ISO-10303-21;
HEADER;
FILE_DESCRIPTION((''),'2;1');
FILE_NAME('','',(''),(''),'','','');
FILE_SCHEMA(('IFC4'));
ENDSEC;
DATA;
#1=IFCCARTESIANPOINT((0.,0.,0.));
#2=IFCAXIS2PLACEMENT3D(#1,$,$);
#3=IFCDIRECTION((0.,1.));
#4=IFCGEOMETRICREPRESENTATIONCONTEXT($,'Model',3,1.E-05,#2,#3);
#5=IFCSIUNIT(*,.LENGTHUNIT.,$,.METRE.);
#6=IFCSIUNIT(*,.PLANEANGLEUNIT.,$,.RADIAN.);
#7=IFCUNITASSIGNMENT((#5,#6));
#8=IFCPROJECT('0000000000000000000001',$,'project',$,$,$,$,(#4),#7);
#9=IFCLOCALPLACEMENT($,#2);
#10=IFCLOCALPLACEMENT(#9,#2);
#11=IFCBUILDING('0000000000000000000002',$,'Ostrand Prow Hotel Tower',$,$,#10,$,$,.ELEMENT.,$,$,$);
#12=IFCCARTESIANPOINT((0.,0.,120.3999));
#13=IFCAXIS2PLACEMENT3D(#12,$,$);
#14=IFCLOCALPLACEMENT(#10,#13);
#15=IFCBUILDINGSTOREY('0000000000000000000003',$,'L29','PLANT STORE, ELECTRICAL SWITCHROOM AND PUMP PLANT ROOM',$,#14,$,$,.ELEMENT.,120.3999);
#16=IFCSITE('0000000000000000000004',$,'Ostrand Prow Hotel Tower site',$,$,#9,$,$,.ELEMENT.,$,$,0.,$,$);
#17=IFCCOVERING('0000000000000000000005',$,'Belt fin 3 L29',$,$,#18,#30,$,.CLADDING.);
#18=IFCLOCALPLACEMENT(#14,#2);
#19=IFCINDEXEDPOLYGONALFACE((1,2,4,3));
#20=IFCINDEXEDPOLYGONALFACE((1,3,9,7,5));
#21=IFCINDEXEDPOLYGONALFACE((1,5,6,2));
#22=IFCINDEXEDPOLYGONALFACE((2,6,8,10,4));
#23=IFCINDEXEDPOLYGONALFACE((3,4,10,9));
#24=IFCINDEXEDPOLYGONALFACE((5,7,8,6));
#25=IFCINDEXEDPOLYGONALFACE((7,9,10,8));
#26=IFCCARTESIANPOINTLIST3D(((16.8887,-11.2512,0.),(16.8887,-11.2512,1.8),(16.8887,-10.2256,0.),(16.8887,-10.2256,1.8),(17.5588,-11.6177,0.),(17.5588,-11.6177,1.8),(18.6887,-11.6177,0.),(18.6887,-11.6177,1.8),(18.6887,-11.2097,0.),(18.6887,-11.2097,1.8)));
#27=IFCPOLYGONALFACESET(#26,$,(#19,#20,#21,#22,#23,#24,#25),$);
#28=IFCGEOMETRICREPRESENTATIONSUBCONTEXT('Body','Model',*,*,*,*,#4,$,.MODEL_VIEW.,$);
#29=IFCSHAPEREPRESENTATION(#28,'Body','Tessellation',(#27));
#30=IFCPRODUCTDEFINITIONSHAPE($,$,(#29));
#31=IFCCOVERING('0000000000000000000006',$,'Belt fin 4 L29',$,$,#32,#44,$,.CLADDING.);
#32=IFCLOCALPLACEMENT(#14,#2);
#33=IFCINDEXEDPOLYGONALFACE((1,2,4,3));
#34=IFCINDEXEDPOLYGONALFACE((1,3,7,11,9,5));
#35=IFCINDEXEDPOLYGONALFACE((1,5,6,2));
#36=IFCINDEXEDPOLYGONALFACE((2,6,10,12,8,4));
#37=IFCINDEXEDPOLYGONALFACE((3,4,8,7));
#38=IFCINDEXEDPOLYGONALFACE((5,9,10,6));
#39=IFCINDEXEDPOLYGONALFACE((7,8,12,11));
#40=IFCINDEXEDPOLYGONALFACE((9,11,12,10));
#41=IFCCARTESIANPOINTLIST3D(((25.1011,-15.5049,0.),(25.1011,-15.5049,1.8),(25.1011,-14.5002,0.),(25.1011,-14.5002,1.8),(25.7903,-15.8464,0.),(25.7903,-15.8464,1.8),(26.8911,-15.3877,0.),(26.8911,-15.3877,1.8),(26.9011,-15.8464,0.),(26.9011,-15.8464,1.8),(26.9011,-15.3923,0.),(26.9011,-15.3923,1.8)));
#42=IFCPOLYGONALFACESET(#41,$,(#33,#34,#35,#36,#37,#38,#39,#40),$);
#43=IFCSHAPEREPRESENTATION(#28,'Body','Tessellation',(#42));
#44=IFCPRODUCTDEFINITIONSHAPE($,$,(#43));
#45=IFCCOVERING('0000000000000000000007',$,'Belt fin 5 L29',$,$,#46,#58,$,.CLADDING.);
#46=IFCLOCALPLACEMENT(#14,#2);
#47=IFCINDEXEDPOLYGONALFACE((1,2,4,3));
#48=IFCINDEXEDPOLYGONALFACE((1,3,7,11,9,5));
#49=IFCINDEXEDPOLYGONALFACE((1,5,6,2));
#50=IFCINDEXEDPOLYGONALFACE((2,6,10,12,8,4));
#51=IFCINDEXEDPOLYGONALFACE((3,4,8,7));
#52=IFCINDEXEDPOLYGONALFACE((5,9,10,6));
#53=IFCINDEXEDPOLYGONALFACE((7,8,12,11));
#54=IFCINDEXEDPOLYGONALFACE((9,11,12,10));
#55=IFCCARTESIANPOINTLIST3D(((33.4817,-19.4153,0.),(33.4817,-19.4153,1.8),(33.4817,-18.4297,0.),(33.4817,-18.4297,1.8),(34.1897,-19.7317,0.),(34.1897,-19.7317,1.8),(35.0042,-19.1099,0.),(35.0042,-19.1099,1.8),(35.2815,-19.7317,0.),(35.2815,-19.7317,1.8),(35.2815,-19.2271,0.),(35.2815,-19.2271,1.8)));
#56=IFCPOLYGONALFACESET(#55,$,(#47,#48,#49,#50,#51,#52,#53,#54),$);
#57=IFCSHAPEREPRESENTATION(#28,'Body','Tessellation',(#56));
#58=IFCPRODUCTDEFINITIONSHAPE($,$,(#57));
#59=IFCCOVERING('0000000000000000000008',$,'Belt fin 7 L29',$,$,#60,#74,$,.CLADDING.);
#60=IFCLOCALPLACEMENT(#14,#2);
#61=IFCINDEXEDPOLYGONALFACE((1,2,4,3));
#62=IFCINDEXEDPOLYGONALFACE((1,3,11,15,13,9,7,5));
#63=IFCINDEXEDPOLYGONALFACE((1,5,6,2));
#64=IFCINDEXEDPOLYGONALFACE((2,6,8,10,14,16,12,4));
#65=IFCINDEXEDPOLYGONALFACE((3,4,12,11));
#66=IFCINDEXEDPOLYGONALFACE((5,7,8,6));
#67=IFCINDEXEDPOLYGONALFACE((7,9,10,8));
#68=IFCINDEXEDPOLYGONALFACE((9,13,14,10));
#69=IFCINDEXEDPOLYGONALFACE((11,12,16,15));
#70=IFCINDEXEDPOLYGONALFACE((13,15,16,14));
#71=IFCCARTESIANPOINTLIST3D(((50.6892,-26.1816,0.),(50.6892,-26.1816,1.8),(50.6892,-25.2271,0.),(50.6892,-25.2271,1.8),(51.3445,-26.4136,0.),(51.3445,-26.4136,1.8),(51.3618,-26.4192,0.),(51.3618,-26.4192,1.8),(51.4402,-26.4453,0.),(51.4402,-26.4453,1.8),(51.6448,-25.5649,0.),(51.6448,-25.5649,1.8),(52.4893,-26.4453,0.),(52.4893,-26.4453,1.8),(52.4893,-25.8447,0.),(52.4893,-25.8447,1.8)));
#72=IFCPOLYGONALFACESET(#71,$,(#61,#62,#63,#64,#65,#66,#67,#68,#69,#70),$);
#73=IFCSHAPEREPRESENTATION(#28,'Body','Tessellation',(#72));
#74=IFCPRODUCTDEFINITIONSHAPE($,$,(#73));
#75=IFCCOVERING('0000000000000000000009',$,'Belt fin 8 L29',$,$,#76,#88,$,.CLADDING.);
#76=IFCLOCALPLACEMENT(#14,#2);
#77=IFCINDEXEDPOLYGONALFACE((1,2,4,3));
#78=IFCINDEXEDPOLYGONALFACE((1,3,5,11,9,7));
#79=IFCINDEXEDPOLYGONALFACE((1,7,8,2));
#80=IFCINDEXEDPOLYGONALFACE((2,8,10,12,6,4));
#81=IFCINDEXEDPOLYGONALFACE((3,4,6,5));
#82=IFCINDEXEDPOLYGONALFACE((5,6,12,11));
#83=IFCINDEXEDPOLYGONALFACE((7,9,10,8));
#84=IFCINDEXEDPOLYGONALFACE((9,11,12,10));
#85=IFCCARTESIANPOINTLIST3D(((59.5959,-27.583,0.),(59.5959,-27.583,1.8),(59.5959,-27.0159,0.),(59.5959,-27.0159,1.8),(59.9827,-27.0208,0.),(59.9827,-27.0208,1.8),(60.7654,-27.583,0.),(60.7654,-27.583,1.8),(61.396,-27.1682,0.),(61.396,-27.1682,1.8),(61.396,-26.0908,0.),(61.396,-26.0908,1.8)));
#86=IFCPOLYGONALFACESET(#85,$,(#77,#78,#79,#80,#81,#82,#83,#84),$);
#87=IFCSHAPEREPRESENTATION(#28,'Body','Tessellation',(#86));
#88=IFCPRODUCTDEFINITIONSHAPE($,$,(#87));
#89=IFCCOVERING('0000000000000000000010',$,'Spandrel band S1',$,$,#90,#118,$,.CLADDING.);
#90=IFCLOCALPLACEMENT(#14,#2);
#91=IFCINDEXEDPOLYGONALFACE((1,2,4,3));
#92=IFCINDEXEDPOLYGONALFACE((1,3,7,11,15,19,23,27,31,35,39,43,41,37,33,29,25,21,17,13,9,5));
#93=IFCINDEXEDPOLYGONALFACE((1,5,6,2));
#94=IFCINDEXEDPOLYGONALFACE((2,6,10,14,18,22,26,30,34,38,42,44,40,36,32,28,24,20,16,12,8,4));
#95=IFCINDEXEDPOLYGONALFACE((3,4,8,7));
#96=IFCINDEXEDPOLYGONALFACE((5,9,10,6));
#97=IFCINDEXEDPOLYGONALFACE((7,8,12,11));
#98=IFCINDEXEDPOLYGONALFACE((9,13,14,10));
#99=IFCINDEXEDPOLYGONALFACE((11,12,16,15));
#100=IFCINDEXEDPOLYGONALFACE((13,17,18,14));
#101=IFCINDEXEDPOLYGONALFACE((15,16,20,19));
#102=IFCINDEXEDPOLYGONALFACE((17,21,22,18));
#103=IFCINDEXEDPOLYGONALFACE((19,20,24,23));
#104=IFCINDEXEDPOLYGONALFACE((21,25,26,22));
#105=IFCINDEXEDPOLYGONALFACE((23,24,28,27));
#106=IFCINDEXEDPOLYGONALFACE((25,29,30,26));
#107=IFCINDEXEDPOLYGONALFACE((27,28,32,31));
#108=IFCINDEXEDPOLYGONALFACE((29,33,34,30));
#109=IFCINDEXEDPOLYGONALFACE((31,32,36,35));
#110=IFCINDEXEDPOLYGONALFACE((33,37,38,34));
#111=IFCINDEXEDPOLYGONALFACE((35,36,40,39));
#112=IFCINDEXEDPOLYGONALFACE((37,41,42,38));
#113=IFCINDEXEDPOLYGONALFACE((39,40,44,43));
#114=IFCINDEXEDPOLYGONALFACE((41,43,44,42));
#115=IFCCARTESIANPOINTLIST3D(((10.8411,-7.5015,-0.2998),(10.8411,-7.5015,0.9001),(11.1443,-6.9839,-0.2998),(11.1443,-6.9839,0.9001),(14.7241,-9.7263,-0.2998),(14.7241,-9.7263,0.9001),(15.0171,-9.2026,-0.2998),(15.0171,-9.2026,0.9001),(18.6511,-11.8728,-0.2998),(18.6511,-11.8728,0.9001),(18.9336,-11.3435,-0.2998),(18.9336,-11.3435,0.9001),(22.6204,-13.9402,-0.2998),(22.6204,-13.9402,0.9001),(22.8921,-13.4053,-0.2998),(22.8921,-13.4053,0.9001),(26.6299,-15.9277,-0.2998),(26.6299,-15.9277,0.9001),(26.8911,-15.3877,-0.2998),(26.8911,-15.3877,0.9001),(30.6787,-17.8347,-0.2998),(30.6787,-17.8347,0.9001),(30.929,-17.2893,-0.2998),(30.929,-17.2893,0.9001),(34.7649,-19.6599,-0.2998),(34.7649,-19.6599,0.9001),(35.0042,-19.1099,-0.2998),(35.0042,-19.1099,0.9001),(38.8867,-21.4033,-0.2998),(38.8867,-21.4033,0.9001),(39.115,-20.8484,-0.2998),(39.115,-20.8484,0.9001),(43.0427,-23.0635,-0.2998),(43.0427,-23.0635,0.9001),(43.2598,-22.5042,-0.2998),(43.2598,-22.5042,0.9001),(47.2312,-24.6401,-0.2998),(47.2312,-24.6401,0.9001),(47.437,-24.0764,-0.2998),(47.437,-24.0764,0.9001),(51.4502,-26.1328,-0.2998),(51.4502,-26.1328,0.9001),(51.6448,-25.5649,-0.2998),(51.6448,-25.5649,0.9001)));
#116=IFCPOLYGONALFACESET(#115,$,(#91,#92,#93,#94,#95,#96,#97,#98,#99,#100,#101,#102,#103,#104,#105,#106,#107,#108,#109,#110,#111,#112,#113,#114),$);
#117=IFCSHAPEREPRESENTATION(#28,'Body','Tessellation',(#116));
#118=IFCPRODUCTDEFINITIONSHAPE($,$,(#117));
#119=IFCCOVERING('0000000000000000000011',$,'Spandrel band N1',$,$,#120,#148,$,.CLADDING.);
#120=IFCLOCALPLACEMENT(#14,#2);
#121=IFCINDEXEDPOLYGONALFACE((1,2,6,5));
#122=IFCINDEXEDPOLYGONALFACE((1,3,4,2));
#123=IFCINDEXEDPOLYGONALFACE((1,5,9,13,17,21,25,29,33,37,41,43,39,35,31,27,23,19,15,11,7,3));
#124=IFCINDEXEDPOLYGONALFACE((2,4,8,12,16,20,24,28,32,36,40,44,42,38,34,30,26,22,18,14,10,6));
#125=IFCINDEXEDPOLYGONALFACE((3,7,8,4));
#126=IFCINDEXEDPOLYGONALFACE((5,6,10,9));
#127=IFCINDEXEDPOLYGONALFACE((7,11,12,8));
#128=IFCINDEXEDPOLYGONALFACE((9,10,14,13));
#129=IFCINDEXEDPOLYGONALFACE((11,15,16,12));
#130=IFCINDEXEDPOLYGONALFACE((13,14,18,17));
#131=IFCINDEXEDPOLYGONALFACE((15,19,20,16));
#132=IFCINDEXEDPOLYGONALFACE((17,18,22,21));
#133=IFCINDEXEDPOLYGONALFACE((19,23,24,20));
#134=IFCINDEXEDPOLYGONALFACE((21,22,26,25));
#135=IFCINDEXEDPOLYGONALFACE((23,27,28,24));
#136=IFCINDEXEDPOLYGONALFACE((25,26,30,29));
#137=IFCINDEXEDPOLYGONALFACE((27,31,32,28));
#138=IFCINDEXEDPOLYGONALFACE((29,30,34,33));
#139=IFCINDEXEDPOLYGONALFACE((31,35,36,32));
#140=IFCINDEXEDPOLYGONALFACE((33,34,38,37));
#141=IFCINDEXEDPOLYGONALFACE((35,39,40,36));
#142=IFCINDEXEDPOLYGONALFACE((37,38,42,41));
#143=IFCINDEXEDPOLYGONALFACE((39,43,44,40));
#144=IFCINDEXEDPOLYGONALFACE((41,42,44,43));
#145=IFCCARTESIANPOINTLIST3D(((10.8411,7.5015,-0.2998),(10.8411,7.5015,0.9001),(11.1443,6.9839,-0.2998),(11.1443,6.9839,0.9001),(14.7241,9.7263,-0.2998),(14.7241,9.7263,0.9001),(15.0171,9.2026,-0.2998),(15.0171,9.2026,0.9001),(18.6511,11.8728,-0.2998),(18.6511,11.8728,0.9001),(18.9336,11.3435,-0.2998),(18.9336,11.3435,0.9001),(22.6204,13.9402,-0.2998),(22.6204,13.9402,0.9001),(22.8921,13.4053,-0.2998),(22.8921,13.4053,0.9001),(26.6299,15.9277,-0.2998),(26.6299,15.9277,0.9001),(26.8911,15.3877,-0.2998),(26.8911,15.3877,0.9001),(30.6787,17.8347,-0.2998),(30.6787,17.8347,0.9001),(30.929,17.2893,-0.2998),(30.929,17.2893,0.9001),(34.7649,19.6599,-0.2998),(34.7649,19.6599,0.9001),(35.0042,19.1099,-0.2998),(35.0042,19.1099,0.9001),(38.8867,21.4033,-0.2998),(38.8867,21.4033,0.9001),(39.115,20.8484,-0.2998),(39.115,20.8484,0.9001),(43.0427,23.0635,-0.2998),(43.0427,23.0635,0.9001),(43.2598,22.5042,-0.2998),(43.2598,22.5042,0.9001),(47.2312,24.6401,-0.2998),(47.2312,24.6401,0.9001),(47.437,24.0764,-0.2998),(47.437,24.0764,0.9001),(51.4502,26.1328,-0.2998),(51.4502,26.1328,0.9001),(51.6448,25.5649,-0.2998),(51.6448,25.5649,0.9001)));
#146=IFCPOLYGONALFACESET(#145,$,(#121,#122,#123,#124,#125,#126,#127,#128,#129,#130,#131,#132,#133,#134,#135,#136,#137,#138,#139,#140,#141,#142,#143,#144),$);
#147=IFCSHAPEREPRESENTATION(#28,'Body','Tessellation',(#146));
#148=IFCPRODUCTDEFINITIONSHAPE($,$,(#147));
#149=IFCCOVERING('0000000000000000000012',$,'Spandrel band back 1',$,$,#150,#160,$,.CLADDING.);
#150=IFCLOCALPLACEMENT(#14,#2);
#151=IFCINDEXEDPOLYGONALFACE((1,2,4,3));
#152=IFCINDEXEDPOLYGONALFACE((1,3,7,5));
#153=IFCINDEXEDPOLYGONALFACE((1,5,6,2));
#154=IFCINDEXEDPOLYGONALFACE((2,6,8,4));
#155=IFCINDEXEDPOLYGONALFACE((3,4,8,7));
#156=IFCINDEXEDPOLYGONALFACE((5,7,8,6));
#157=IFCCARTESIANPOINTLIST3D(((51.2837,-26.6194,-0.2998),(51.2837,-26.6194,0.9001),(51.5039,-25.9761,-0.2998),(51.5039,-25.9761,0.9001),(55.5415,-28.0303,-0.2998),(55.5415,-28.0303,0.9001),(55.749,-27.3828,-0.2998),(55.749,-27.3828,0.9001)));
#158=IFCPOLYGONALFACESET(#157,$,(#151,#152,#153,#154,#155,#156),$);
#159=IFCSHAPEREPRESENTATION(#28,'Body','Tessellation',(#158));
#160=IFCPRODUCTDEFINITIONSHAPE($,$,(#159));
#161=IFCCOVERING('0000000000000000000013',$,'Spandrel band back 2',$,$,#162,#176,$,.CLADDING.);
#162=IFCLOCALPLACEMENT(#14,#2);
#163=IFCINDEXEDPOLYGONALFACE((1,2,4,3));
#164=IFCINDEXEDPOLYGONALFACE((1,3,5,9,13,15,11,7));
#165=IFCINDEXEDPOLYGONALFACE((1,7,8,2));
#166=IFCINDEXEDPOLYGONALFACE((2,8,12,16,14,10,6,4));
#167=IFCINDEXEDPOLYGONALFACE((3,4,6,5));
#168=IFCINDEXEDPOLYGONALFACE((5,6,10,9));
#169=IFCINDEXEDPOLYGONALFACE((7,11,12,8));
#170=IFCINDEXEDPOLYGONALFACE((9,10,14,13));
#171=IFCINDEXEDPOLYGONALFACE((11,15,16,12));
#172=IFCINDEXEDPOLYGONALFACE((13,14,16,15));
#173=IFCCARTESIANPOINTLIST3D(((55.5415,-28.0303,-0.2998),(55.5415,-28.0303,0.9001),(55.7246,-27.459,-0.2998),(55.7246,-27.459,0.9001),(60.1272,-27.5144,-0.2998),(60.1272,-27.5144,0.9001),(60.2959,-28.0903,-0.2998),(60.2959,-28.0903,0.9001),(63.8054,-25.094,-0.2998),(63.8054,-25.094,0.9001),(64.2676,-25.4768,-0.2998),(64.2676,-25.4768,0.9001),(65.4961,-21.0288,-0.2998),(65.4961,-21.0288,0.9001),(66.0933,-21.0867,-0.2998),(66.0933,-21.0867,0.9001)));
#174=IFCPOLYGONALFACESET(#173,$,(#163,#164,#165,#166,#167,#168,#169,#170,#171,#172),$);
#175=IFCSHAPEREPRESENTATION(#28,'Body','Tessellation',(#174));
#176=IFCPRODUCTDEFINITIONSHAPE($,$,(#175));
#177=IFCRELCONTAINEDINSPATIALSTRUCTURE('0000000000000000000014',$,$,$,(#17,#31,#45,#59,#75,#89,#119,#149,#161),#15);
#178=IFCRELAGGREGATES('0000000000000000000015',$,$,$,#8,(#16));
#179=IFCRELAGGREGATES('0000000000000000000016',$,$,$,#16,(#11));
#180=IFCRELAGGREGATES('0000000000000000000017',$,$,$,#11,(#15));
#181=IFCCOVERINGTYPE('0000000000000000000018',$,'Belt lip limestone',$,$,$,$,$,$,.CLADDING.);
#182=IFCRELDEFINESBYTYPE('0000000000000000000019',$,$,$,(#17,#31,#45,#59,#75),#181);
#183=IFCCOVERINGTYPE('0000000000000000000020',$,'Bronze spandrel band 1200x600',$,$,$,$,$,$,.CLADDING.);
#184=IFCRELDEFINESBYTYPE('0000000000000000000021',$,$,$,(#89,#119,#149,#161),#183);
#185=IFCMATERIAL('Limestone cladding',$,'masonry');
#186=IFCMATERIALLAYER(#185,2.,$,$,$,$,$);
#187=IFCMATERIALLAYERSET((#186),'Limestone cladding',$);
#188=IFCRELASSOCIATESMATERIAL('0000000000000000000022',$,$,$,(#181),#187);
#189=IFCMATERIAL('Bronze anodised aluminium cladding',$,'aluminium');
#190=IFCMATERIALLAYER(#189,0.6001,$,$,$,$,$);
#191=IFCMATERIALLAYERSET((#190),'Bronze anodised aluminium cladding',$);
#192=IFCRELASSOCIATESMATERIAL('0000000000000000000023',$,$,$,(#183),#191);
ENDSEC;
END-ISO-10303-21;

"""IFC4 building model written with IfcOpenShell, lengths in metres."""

from ifc_helpers import new_model, si_unit, direction, frame, origin, place, context, subcontext, project, spatial, polyline, outline, extrude, material, layer, layer_set, type_object, element, save


model = new_model("IFC4")

# Units and contexts
model_context = context("Model", 3, precision=1e-05, world=origin(), true_north=direction((0.0, 1.0)))
body_context = subcontext(model_context, "Body", "Model", "MODEL_VIEW")
ifc_project = project(units=[si_unit("LENGTHUNIT", "METRE"), si_unit("PLANEANGLEUNIT", "RADIAN")], contexts=[model_context])

# Site, building, storey
site_placement = place(None, origin())
site = spatial("IfcSite", under=ifc_project, at=site_placement, Name="Ostrand Prow Hotel Tower site", CompositionType="ELEMENT", RefElevation=0.0)
building_placement = place(site_placement, origin())
building = spatial("IfcBuilding", under=site, at=building_placement, Name="Ostrand Prow Hotel Tower", CompositionType="ELEMENT")
storey_placement = place(building_placement, frame((0.0, 0.0, 120.3999)))
storey = spatial("IfcBuildingStorey", under=building, at=storey_placement, Name="L29", Description="PLANT STORE, ELECTRICAL SWITCHROOM AND PUMP PLANT ROOM", CompositionType="ELEMENT", Elevation=120.3999)

# Coverings
ifc_material_1 = material(Name="Limestone cladding", Category="masonry")
ifc_layer_1 = layer(ifc_material_1, 2.0)
ifc_layer_set_1 = layer_set([ifc_layer_1], Name="Limestone cladding")
covering_type_1 = type_object("IfcCoveringType", Name="Belt lip limestone", PredefinedType="CLADDING", material=ifc_layer_set_1)
covering_1_placement = place(storey_placement, origin())
element("IfcCovering", 1, at=covering_1_placement, inside=storey, type_object=covering_type_1, Name="Belt fin 3 L29", PredefinedType="CLADDING", context=body_context, shape_type="SweptSolid", body=[
    extrude(outline(polyline([(16.8887, -11.2512), (17.5588, -11.6177), (18.6887, -11.6177), (18.6887, -11.2097), (16.8887, -10.2256), (16.8887, -11.2512)])), origin(), (0.0, 0.0, 1.0), 1.8),
])
covering_2_placement = place(storey_placement, origin())
element("IfcCovering", 2, at=covering_2_placement, inside=storey, type_object=covering_type_1, Name="Belt fin 4 L29", PredefinedType="CLADDING", context=body_context, shape_type="SweptSolid", body=[
    extrude(outline(polyline([(25.1011, -15.5049), (25.7903, -15.8464), (26.9011, -15.8464), (26.9011, -15.3923), (26.8911, -15.3877), (25.1011, -14.5002), (25.1011, -15.5049)])), origin(), (0.0, 0.0, 1.0), 1.8),
])
covering_3_placement = place(storey_placement, origin())
element("IfcCovering", 3, at=covering_3_placement, inside=storey, type_object=covering_type_1, Name="Belt fin 5 L29", PredefinedType="CLADDING", context=body_context, shape_type="SweptSolid", body=[
    extrude(outline(polyline([(33.4817, -19.4153), (34.1897, -19.7317), (35.2815, -19.7317), (35.2815, -19.2271), (35.0042, -19.1099), (33.4817, -18.4297), (33.4817, -19.4153)])), origin(), (0.0, 0.0, 1.0), 1.8),
])
covering_4_placement = place(storey_placement, origin())
element("IfcCovering", 4, at=covering_4_placement, inside=storey, type_object=covering_type_1, Name="Belt fin 7 L29", PredefinedType="CLADDING", context=body_context, shape_type="SweptSolid", body=[
    extrude(outline(polyline([(51.3618, -26.4192), (51.4402, -26.4453), (52.4893, -26.4453), (52.4893, -25.8447), (51.6448, -25.5649), (50.6892, -25.2271), (50.6892, -26.1816), (51.3445, -26.4136), (51.3618, -26.4192)])), origin(), (0.0, 0.0, 1.0), 1.8),
])
covering_5_placement = place(storey_placement, origin())
element("IfcCovering", 5, at=covering_5_placement, inside=storey, type_object=covering_type_1, Name="Belt fin 8 L29", PredefinedType="CLADDING", context=body_context, shape_type="SweptSolid", body=[
    extrude(outline(polyline([(60.7654, -27.583), (61.396, -27.1682), (61.396, -26.0908), (59.9827, -27.0208), (59.5959, -27.0159), (59.5959, -27.583), (60.7654, -27.583)])), origin(), (0.0, 0.0, 1.0), 1.8),
])
ifc_material_2 = material(Name="Bronze anodised aluminium cladding", Category="aluminium")
ifc_layer_2 = layer(ifc_material_2, 0.6001)
ifc_layer_set_2 = layer_set([ifc_layer_2], Name="Bronze anodised aluminium cladding")
covering_type_2 = type_object("IfcCoveringType", Name="Bronze spandrel band 1200x600", PredefinedType="CLADDING", material=ifc_layer_set_2)
covering_6_placement = place(storey_placement, frame((0.0, 0.0, -0.2998)))
element("IfcCovering", 6, at=covering_6_placement, inside=storey, type_object=covering_type_2, Name="Spandrel band S1", PredefinedType="CLADDING", context=body_context, shape_type="SweptSolid", body=[
    extrude(outline(polyline([(10.8411, -7.5015), (14.7241, -9.7263), (18.6511, -11.8728), (22.6204, -13.9402), (26.6299, -15.9277), (30.6787, -17.8347), (34.7649, -19.6599), (38.8867, -21.4033), (43.0427, -23.0635), (47.2312, -24.6401), (51.4502, -26.1328), (51.6448, -25.5649), (47.437, -24.0764), (43.2598, -22.5042), (39.115, -20.8484), (35.0042, -19.1099), (30.929, -17.2893), (26.8911, -15.3877), (22.8921, -13.4053), (18.9336, -11.3435), (15.0171, -9.2026), (11.1443, -6.9839), (10.8411, -7.5015)])), origin(), (0.0, 0.0, 1.0), 1.2),
])
covering_7_placement = place(storey_placement, frame((0.0, 0.0, -0.2998)))
element("IfcCovering", 7, at=covering_7_placement, inside=storey, type_object=covering_type_2, Name="Spandrel band N1", PredefinedType="CLADDING", context=body_context, shape_type="SweptSolid", body=[
    extrude(outline(polyline([(51.4502, 26.1328), (47.2312, 24.6401), (43.0427, 23.0635), (38.8867, 21.4033), (34.7649, 19.6599), (30.6787, 17.8347), (26.6299, 15.9277), (22.6204, 13.9402), (18.6511, 11.8728), (14.7241, 9.7263), (10.8411, 7.5015), (11.1443, 6.9839), (15.0171, 9.2026), (18.9336, 11.3435), (22.8921, 13.4053), (26.8911, 15.3877), (30.929, 17.2893), (35.0042, 19.1099), (39.115, 20.8484), (43.2598, 22.5042), (47.437, 24.0764), (51.6448, 25.5649), (51.4502, 26.1328)])), origin(), (0.0, 0.0, 1.0), 1.2),
])
covering_8_placement = place(storey_placement, frame((0.0, 0.0, -0.2998)))
element("IfcCovering", 8, at=covering_8_placement, inside=storey, type_object=covering_type_2, Name="Spandrel band back 1", PredefinedType="CLADDING", context=body_context, shape_type="SweptSolid", body=[
    extrude(outline(polyline([(51.2837, -26.6194), (55.5415, -28.0303), (55.749, -27.3828), (51.5039, -25.9761), (51.2837, -26.6194)])), origin(), (0.0, 0.0, 1.0), 1.2),
])
covering_9_placement = place(storey_placement, frame((0.0, 0.0, -0.2998)))
element("IfcCovering", 9, at=covering_9_placement, inside=storey, type_object=covering_type_2, Name="Spandrel band back 2", PredefinedType="CLADDING", context=body_context, shape_type="SweptSolid", body=[
    extrude(outline(polyline([(55.5415, -28.0303), (60.2959, -28.0903), (64.2676, -25.4768), (66.0933, -21.0867), (65.4961, -21.0288), (63.8054, -25.094), (60.1272, -27.5144), (55.7246, -27.459), (55.5415, -28.0303)])), origin(), (0.0, 0.0, 1.0), 1.2),
])

save(model, "model.ifc")
